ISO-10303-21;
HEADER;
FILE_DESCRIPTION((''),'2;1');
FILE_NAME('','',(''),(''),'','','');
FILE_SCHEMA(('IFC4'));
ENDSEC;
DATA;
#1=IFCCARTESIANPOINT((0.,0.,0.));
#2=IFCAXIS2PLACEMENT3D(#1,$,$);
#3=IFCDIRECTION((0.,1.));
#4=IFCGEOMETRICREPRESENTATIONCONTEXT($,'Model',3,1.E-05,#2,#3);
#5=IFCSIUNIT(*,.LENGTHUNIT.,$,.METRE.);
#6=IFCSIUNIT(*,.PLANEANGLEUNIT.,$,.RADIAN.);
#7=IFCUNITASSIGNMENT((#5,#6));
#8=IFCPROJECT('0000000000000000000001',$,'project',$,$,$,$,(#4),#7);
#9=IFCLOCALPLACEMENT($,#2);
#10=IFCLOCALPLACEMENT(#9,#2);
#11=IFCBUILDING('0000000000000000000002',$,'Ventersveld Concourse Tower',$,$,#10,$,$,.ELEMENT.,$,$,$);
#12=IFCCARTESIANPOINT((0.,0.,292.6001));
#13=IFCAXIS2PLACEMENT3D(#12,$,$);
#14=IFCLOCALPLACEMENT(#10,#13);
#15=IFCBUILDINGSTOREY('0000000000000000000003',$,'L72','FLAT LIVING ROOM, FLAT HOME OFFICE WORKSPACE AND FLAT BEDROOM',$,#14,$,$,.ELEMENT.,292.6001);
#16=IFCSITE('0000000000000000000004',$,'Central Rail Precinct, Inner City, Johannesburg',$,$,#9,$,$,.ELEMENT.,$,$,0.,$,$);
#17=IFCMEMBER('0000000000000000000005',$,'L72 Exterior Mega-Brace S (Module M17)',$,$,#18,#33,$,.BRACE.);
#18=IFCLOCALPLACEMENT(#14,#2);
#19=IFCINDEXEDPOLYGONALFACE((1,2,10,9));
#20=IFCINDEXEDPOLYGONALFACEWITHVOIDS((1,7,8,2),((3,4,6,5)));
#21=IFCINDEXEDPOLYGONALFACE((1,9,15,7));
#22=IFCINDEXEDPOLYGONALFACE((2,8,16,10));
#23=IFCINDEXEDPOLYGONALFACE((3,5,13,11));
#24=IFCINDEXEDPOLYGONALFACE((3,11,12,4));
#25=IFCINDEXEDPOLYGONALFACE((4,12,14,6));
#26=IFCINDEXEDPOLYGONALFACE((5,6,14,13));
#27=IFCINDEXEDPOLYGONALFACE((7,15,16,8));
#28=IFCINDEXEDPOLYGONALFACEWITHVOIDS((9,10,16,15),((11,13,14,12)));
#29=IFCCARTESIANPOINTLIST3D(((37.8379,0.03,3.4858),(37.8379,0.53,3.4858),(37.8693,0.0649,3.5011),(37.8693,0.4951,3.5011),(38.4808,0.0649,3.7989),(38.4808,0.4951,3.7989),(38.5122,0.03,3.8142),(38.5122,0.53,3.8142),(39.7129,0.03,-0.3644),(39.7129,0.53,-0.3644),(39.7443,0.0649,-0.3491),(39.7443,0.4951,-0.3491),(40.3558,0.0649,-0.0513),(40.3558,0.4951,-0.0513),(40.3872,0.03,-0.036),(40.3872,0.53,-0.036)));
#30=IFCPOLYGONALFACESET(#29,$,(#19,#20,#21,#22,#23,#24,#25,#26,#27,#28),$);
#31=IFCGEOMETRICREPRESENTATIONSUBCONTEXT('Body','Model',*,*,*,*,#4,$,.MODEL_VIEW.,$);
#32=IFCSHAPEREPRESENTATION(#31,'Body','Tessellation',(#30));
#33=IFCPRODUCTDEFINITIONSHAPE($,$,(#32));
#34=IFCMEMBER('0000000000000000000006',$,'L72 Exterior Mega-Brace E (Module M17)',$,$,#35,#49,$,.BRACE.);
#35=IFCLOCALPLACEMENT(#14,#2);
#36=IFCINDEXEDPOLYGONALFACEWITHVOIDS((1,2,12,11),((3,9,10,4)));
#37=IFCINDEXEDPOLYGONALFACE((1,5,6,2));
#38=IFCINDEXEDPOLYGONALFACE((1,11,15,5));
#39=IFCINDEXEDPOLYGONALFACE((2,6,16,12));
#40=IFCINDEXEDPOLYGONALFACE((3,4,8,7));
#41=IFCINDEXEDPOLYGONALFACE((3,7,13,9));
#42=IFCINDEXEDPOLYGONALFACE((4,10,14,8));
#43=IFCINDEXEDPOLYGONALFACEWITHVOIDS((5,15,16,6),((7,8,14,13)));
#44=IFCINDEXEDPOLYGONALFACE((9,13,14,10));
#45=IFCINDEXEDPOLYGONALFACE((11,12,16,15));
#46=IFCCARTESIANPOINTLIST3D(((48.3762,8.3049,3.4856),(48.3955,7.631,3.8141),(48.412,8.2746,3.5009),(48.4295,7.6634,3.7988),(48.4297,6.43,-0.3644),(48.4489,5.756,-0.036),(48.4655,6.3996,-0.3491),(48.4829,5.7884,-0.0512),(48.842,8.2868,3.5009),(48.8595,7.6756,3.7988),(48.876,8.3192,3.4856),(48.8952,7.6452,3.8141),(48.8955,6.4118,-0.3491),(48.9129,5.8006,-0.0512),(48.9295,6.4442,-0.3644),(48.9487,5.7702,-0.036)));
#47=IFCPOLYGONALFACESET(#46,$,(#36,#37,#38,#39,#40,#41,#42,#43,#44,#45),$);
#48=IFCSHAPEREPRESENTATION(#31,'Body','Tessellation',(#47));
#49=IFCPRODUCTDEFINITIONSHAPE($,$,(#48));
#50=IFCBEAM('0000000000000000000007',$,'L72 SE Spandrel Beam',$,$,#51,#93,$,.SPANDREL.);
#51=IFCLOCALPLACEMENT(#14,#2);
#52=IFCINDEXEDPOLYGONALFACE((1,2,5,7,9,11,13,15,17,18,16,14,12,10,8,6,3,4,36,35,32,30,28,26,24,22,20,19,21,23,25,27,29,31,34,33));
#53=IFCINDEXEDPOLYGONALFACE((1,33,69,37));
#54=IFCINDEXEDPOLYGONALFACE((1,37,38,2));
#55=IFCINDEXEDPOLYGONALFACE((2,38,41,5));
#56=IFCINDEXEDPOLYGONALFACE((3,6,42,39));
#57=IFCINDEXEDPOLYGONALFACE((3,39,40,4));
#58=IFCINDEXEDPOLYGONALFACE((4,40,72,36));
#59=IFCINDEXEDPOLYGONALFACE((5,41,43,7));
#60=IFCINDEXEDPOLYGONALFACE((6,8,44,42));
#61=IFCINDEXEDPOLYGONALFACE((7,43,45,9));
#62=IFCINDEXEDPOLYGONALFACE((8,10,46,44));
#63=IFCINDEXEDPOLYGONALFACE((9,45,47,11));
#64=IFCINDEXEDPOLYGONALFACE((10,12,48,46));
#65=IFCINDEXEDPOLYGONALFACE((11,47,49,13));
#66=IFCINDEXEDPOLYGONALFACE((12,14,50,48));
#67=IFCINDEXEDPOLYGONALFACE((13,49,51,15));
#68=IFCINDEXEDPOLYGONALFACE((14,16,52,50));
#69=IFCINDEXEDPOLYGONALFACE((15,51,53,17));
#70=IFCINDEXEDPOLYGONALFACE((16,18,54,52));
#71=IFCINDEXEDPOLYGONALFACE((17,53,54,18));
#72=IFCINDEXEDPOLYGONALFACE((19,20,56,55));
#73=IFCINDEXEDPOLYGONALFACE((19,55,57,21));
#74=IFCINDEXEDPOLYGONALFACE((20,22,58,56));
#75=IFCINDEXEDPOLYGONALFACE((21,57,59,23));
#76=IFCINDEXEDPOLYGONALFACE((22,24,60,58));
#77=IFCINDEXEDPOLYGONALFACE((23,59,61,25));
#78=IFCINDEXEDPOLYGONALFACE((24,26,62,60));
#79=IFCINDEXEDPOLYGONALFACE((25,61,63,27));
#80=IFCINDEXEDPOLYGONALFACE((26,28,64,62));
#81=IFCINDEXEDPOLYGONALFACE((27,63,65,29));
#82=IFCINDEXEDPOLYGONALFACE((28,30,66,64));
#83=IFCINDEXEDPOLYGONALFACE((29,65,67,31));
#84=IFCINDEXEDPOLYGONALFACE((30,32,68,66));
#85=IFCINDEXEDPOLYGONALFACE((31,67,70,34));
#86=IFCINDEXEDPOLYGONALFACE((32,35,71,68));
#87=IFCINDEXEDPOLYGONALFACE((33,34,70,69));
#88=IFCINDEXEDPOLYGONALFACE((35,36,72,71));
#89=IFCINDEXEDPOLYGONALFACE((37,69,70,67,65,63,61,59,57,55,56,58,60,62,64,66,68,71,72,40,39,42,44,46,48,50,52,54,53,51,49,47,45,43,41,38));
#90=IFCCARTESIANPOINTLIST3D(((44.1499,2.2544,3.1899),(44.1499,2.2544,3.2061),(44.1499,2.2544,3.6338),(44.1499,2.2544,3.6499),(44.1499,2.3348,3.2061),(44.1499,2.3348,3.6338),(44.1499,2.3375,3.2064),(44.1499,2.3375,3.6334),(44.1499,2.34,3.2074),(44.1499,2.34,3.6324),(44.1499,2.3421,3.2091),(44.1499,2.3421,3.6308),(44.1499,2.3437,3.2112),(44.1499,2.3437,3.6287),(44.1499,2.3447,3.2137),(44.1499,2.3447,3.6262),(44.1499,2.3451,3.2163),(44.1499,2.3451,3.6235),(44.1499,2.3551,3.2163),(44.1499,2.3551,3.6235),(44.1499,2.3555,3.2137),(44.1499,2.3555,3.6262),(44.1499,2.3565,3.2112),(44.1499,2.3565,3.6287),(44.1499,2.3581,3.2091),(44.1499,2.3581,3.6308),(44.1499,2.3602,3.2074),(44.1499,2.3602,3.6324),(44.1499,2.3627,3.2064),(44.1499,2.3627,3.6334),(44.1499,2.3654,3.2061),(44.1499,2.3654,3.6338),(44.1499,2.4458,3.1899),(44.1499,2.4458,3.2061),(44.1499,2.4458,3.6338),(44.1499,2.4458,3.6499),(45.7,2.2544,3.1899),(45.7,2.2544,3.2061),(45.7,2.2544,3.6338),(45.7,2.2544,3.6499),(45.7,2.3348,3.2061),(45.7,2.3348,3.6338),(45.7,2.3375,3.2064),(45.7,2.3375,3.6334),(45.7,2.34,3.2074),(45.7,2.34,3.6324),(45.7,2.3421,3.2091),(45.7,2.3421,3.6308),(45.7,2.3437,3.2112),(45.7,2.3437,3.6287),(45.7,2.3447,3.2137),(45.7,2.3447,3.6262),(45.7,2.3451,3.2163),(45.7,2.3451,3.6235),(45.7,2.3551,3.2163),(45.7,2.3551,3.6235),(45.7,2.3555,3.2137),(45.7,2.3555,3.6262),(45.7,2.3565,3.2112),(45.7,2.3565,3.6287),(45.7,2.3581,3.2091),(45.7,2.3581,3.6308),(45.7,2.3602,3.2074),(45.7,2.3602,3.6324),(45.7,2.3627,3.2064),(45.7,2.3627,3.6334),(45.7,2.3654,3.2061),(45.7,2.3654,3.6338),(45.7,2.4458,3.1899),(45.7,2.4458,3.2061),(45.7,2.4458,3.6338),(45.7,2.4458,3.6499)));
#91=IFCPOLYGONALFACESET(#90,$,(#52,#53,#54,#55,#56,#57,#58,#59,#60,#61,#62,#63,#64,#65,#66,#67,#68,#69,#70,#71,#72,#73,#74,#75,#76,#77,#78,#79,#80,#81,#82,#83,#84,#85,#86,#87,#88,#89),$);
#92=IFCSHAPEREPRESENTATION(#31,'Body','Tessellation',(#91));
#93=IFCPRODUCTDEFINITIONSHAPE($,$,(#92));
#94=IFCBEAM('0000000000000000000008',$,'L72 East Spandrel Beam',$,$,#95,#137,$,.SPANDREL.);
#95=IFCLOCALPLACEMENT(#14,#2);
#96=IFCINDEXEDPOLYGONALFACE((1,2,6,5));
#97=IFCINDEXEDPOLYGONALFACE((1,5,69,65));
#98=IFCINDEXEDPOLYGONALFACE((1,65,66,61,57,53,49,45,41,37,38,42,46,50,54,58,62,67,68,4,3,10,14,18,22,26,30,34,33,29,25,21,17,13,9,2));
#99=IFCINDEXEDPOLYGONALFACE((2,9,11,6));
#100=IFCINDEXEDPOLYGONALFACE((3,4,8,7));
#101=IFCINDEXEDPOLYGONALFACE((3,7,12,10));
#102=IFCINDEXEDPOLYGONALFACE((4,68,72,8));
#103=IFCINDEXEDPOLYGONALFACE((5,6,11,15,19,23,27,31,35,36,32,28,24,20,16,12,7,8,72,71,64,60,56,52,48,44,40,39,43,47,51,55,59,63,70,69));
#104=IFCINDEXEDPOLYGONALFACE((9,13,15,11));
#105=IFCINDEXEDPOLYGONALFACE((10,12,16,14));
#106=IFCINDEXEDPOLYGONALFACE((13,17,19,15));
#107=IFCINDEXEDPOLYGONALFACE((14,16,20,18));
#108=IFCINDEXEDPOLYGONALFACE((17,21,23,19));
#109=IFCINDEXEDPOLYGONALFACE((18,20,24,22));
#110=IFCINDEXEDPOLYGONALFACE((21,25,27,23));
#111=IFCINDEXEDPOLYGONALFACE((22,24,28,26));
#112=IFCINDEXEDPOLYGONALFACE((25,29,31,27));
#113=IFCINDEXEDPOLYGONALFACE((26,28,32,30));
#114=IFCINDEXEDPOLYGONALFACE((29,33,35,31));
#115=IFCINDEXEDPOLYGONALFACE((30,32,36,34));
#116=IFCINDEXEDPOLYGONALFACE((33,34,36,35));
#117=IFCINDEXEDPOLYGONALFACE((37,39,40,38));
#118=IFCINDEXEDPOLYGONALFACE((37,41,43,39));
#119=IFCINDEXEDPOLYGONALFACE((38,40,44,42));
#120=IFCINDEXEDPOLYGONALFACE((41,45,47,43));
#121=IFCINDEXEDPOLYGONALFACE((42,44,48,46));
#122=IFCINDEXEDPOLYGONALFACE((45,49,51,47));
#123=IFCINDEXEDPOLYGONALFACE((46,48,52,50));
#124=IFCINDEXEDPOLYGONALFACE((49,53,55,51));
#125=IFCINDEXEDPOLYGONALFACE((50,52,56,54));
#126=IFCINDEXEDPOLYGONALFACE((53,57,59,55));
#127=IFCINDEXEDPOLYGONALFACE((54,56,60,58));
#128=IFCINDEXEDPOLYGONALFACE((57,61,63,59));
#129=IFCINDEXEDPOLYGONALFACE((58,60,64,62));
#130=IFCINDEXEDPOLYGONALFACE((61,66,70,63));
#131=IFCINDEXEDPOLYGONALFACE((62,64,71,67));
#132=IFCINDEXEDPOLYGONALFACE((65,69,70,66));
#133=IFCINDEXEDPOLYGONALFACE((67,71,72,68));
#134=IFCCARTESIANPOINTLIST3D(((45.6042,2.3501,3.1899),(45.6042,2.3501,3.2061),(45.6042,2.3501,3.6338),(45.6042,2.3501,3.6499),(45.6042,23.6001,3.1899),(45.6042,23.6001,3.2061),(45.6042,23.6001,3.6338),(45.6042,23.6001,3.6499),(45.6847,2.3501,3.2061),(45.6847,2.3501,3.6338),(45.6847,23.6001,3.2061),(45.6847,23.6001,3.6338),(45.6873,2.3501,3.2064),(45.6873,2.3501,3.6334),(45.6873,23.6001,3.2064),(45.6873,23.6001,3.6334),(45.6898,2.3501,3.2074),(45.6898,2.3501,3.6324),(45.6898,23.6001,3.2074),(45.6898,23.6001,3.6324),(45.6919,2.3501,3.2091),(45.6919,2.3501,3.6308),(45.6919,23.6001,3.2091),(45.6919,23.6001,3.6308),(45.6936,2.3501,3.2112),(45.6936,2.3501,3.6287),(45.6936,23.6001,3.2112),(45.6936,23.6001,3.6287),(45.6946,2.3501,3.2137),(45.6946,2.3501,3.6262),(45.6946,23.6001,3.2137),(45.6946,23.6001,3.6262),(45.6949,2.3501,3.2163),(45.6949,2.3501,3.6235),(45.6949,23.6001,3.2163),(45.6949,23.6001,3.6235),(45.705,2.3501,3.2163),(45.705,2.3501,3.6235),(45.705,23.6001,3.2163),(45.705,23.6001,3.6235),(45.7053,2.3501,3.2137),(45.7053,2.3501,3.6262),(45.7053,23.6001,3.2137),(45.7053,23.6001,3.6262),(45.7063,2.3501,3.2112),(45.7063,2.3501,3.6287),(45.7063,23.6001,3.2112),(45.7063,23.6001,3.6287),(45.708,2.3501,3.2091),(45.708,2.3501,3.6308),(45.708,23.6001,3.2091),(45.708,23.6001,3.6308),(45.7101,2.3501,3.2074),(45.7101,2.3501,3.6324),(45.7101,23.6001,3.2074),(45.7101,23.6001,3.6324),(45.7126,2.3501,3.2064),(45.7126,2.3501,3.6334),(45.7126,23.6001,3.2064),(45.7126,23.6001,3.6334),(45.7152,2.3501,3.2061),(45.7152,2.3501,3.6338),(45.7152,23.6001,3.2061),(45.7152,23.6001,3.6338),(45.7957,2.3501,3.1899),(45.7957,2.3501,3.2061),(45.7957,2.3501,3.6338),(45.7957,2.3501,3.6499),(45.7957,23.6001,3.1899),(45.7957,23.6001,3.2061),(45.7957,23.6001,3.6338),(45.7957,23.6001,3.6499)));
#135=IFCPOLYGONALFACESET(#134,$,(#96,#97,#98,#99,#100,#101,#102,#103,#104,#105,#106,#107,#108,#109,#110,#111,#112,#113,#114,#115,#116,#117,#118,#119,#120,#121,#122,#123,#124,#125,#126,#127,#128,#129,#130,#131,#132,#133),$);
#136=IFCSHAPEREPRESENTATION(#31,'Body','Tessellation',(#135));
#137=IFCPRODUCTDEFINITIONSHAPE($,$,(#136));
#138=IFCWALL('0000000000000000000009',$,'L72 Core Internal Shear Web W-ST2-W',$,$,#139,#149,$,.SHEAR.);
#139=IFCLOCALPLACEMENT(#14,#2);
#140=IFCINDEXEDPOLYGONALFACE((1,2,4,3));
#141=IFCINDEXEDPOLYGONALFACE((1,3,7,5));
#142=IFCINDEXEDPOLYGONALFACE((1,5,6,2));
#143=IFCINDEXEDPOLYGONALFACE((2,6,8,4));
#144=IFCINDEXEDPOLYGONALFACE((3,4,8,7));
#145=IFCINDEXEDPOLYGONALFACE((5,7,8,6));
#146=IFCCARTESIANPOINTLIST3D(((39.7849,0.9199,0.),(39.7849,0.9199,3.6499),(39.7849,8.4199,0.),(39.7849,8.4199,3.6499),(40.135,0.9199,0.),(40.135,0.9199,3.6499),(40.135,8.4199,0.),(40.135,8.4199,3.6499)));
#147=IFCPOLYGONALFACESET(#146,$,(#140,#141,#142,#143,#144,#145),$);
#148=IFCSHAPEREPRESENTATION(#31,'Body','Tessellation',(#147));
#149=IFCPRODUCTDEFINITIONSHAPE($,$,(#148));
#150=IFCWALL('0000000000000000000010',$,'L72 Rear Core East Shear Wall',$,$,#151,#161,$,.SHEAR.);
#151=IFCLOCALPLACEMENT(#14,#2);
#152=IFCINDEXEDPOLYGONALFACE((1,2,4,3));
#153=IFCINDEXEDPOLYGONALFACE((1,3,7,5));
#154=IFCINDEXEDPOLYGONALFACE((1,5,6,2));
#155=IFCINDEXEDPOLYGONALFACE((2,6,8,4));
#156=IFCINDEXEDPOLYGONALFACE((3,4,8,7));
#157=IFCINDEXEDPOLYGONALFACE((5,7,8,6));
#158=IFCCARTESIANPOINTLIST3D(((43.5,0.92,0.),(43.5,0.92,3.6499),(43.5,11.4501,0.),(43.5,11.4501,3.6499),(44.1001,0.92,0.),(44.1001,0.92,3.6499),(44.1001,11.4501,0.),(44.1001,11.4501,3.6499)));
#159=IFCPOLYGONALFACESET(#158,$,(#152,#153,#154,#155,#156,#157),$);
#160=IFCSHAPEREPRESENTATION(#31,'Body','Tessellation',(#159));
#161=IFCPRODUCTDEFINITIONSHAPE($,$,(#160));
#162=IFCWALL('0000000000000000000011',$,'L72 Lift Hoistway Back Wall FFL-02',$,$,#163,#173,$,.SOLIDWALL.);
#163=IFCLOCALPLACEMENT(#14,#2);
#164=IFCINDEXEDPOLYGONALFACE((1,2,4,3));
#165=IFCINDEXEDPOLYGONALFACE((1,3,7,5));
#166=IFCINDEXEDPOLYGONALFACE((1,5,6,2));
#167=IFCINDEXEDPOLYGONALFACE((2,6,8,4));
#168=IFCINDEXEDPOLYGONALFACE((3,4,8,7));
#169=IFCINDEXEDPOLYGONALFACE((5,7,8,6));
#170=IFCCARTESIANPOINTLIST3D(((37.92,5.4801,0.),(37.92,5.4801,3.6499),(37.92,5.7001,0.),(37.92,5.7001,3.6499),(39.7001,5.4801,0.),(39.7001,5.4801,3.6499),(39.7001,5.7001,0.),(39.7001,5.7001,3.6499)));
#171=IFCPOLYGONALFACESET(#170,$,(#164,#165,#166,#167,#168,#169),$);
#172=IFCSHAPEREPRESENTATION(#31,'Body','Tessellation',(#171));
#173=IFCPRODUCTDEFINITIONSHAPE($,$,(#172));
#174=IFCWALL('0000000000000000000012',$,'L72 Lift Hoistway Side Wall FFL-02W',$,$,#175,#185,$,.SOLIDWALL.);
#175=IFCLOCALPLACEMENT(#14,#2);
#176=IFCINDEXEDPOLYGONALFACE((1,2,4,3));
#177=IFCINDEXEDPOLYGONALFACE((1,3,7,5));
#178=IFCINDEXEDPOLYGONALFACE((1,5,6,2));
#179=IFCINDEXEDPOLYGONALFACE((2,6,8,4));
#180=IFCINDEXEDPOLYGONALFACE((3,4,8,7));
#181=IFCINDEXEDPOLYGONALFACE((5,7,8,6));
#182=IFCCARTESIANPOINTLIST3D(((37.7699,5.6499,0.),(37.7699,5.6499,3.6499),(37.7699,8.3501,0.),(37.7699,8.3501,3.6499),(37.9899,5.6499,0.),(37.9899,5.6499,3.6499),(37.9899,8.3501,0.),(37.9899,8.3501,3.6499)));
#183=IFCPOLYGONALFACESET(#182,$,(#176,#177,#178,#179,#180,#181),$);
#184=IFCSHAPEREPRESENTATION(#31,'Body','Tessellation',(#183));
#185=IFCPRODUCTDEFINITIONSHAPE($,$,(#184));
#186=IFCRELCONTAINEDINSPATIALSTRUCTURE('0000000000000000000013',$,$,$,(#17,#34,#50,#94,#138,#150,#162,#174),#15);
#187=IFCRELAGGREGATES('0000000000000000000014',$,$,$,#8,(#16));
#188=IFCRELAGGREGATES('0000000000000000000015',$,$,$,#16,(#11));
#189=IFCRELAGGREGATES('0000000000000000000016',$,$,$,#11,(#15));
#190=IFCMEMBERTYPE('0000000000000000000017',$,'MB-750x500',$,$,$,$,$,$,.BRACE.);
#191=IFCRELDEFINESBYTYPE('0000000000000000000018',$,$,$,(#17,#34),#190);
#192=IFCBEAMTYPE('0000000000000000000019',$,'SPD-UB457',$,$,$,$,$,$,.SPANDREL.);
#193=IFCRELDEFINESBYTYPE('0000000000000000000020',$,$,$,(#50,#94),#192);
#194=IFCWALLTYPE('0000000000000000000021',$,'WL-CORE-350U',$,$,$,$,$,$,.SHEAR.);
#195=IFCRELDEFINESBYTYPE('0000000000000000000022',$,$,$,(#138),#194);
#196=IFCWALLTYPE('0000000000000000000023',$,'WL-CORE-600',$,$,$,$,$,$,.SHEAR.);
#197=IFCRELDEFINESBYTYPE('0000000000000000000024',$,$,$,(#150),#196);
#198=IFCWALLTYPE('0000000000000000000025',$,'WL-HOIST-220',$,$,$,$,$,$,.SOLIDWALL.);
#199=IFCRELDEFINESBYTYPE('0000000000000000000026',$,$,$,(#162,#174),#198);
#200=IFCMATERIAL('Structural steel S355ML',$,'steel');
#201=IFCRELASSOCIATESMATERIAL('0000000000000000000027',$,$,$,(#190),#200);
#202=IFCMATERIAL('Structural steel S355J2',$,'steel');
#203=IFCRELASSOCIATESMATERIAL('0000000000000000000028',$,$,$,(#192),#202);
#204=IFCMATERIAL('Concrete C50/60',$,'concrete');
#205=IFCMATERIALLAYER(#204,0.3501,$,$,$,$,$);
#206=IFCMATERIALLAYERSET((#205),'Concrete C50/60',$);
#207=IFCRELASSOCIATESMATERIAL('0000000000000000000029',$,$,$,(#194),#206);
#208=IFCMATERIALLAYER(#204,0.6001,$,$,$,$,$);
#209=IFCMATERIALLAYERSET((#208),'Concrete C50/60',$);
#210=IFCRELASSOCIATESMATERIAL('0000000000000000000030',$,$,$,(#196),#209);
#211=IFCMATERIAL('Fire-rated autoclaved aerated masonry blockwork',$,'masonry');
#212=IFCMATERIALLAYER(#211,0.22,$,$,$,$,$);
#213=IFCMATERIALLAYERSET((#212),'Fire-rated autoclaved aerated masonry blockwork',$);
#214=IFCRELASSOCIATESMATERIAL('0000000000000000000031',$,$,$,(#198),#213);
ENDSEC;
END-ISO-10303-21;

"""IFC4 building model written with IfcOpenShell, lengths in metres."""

from ifc_helpers import new_model, si_unit, direction, frame, frame_2d, origin, origin_2d, place, context, subcontext, project, spatial, rectangle, hollow_rectangle, i_section, extrude, material, layer, layer_set, material_profile, profile_set, type_object, element, save


model = new_model("IFC4")

# Units and contexts
model_context = context("Model", 3, precision=1e-05, world=origin(), true_north=direction((0.0, 1.0)))
body_context = subcontext(model_context, "Body", "Model", "MODEL_VIEW")
ifc_project = project(units=[si_unit("LENGTHUNIT", "METRE"), si_unit("PLANEANGLEUNIT", "RADIAN")], contexts=[model_context])

# Site, building, storey
site_placement = place(None, origin())
site = spatial("IfcSite", under=ifc_project, at=site_placement, Name="Central Rail Precinct, Inner City, Johannesburg", CompositionType="ELEMENT", RefElevation=0.0)
building_placement = place(site_placement, origin())
building = spatial("IfcBuilding", under=site, at=building_placement, Name="Ventersveld Concourse Tower", CompositionType="ELEMENT")
storey_placement = place(building_placement, frame((0.0, 0.0, 292.6001)))
storey = spatial("IfcBuildingStorey", under=building, at=storey_placement, Name="L72", Description="FLAT LIVING ROOM, FLAT HOME OFFICE WORKSPACE AND FLAT BEDROOM", CompositionType="ELEMENT", Elevation=292.6001)

# Shared definitions
ifc_material_1 = material(Name="Concrete C50/60", Category="concrete")

# Shared definitions
ifc_material_2 = material(Name="Structural steel S355J2", Category="steel")

# Members
ifc_material_3 = material(Name="Structural steel S355ML", Category="steel")
ifc_material_profile_1 = material_profile(ifc_material_3, hollow_rectangle(XDim=0.5, YDim=0.75, WallThickness=0.0349, at=origin_2d()), Name="BOX 750x500x35")
ifc_profile_set_1 = profile_set([ifc_material_profile_1], Name="Structural steel S355ML")
member_type = type_object("IfcMemberType", Name="MB-750x500", PredefinedType="BRACE", material=ifc_profile_set_1)
member_1_placement = place(storey_placement, frame((40.05, 0.28, -0.2002), z_axis=(-0.437839, 0.0, 0.899053), x_axis=(0.0, -1.0, 0.0)))
element("IfcMember", 1, at=member_1_placement, inside=storey, type_object=member_type, Name="L72 Exterior Mega-Brace S (Module M17)", PredefinedType="BRACE", context=body_context, shape_type="SweptSolid", body=[
    extrude(hollow_rectangle(XDim=0.5, YDim=0.75, WallThickness=0.0349, at=origin_2d()), origin(), (0.0, 0.0, 1.0), 4.2825),
])
member_2_placement = place(storey_placement, frame((48.6892, 6.1001, -0.2002), z_axis=(-0.012484, 0.437805, 0.898983), x_axis=(-0.999594, -0.028504, 0.0)))
element("IfcMember", 2, at=member_2_placement, inside=storey, type_object=member_type, Name="L72 Exterior Mega-Brace E (Module M17)", PredefinedType="BRACE", context=body_context, shape_type="SweptSolid", body=[
    extrude(hollow_rectangle(XDim=0.5, YDim=0.75, WallThickness=0.0349, at=origin_2d()), origin(), (0.0, 0.0, 1.0), 4.2827),
])

# Beams
ifc_material_profile_2 = material_profile(ifc_material_2, i_section(OverallWidth=0.1914, OverallDepth=0.46, WebThickness=0.01, FlangeThickness=0.0161, FilletRadius=0.0103, at=origin_2d()), Name="UB 457x191x82")
ifc_profile_set_2 = profile_set([ifc_material_profile_2], Name="Structural steel S355J2")
beam_type_1 = type_object("IfcBeamType", Name="SPD-UB457", PredefinedType="SPANDREL", material=ifc_profile_set_2)
beam_1_placement = place(storey_placement, frame((44.1499, 2.3501, 3.4199), z_axis=(1.0, 0.0, 0.0), x_axis=(0.0, 1.0, 0.0)))
element("IfcBeam", 3, at=beam_1_placement, inside=storey, type_object=beam_type_1, Name="L72 SE Spandrel Beam", PredefinedType="SPANDREL", context=body_context, shape_type="SweptSolid", body=[
    extrude(i_section(OverallWidth=0.1914, OverallDepth=0.46, WebThickness=0.01, FlangeThickness=0.0161, FilletRadius=0.0103, at=origin_2d()), origin(), (0.0, 0.0, 1.0), 1.55),
])
beam_2_placement = place(storey_placement, frame((45.7, 2.3501, 3.4199), z_axis=(0.0, 1.0, 0.0), x_axis=(-1.0, 0.0, 0.0)))
element("IfcBeam", 4, at=beam_2_placement, inside=storey, type_object=beam_type_1, Name="L72 East Spandrel Beam", PredefinedType="SPANDREL", context=body_context, shape_type="SweptSolid", body=[
    extrude(i_section(OverallWidth=0.1914, OverallDepth=0.46, WebThickness=0.01, FlangeThickness=0.0161, FilletRadius=0.0103, at=origin_2d()), origin(), (0.0, 0.0, 1.0), 21.25),
])

# Walls
ifc_layer_1 = layer(ifc_material_1, 0.3501)
ifc_layer_set_1 = layer_set([ifc_layer_1], Name="Concrete C50/60")
wall_type_1 = type_object("IfcWallType", Name="WL-CORE-350U", PredefinedType="SHEAR", material=ifc_layer_set_1)
wall_1_placement = place(storey_placement, frame((39.96, 0.9199, 0.0), z_axis=(0.0, 0.0, 1.0), x_axis=(0.0, 1.0, 0.0)))
element("IfcWall", 5, at=wall_1_placement, inside=storey, type_object=wall_type_1, Name="L72 Core Internal Shear Web W-ST2-W", PredefinedType="SHEAR", context=body_context, shape_type="SweptSolid", body=[
    extrude(rectangle(XDim=7.5, YDim=0.3501, at=frame_2d((3.75, 0.0))), origin(), (0.0, 0.0, 1.0), 3.6499),
])
ifc_layer_2 = layer(ifc_material_1, 0.6001)
ifc_layer_set_2 = layer_set([ifc_layer_2], Name="Concrete C50/60")
wall_type_2 = type_object("IfcWallType", Name="WL-CORE-600", PredefinedType="SHEAR", material=ifc_layer_set_2)
wall_2_placement = place(storey_placement, frame((43.8, 0.9199, 0.0), z_axis=(0.0, 0.0, 1.0), x_axis=(0.0, 1.0, 0.0)))
element("IfcWall", 6, at=wall_2_placement, inside=storey, type_object=wall_type_2, Name="L72 Rear Core East Shear Wall", PredefinedType="SHEAR", context=body_context, shape_type="SweptSolid", body=[
    extrude(rectangle(XDim=10.53, YDim=0.6001, at=frame_2d((5.2651, 0.0))), origin(), (0.0, 0.0, 1.0), 3.6499),
])
ifc_material_4 = material(Name="Fire-rated autoclaved aerated masonry blockwork", Category="masonry")
ifc_layer_3 = layer(ifc_material_4, 0.22)
ifc_layer_set_3 = layer_set([ifc_layer_3], Name="Fire-rated autoclaved aerated masonry blockwork")
wall_type_3 = type_object("IfcWallType", Name="WL-HOIST-220", PredefinedType="SOLIDWALL", material=ifc_layer_set_3)
wall_3_placement = place(storey_placement, frame((37.9199, 5.5901, 0.0), z_axis=(0.0, 0.0, 1.0), x_axis=(1.0, 0.0, 0.0)))
element("IfcWall", 7, at=wall_3_placement, inside=storey, type_object=wall_type_3, Name="L72 Lift Hoistway Back Wall FFL-02", PredefinedType="SOLIDWALL", context=body_context, shape_type="SweptSolid", body=[
    extrude(rectangle(XDim=1.78, YDim=0.22, at=frame_2d((0.8901, 0.0))), origin(), (0.0, 0.0, 1.0), 3.6499),
])
wall_4_placement = place(storey_placement, frame((37.8799, 5.6499, 0.0), z_axis=(0.0, 0.0, 1.0), x_axis=(0.0, 1.0, 0.0)))
element("IfcWall", 8, at=wall_4_placement, inside=storey, type_object=wall_type_3, Name="L72 Lift Hoistway Side Wall FFL-02W", PredefinedType="SOLIDWALL", context=body_context, shape_type="SweptSolid", body=[
    extrude(rectangle(XDim=2.7002, YDim=0.22, at=frame_2d((1.3501, 0.0))), origin(), (0.0, 0.0, 1.0), 3.6499),
])

save(model, "model.ifc")
